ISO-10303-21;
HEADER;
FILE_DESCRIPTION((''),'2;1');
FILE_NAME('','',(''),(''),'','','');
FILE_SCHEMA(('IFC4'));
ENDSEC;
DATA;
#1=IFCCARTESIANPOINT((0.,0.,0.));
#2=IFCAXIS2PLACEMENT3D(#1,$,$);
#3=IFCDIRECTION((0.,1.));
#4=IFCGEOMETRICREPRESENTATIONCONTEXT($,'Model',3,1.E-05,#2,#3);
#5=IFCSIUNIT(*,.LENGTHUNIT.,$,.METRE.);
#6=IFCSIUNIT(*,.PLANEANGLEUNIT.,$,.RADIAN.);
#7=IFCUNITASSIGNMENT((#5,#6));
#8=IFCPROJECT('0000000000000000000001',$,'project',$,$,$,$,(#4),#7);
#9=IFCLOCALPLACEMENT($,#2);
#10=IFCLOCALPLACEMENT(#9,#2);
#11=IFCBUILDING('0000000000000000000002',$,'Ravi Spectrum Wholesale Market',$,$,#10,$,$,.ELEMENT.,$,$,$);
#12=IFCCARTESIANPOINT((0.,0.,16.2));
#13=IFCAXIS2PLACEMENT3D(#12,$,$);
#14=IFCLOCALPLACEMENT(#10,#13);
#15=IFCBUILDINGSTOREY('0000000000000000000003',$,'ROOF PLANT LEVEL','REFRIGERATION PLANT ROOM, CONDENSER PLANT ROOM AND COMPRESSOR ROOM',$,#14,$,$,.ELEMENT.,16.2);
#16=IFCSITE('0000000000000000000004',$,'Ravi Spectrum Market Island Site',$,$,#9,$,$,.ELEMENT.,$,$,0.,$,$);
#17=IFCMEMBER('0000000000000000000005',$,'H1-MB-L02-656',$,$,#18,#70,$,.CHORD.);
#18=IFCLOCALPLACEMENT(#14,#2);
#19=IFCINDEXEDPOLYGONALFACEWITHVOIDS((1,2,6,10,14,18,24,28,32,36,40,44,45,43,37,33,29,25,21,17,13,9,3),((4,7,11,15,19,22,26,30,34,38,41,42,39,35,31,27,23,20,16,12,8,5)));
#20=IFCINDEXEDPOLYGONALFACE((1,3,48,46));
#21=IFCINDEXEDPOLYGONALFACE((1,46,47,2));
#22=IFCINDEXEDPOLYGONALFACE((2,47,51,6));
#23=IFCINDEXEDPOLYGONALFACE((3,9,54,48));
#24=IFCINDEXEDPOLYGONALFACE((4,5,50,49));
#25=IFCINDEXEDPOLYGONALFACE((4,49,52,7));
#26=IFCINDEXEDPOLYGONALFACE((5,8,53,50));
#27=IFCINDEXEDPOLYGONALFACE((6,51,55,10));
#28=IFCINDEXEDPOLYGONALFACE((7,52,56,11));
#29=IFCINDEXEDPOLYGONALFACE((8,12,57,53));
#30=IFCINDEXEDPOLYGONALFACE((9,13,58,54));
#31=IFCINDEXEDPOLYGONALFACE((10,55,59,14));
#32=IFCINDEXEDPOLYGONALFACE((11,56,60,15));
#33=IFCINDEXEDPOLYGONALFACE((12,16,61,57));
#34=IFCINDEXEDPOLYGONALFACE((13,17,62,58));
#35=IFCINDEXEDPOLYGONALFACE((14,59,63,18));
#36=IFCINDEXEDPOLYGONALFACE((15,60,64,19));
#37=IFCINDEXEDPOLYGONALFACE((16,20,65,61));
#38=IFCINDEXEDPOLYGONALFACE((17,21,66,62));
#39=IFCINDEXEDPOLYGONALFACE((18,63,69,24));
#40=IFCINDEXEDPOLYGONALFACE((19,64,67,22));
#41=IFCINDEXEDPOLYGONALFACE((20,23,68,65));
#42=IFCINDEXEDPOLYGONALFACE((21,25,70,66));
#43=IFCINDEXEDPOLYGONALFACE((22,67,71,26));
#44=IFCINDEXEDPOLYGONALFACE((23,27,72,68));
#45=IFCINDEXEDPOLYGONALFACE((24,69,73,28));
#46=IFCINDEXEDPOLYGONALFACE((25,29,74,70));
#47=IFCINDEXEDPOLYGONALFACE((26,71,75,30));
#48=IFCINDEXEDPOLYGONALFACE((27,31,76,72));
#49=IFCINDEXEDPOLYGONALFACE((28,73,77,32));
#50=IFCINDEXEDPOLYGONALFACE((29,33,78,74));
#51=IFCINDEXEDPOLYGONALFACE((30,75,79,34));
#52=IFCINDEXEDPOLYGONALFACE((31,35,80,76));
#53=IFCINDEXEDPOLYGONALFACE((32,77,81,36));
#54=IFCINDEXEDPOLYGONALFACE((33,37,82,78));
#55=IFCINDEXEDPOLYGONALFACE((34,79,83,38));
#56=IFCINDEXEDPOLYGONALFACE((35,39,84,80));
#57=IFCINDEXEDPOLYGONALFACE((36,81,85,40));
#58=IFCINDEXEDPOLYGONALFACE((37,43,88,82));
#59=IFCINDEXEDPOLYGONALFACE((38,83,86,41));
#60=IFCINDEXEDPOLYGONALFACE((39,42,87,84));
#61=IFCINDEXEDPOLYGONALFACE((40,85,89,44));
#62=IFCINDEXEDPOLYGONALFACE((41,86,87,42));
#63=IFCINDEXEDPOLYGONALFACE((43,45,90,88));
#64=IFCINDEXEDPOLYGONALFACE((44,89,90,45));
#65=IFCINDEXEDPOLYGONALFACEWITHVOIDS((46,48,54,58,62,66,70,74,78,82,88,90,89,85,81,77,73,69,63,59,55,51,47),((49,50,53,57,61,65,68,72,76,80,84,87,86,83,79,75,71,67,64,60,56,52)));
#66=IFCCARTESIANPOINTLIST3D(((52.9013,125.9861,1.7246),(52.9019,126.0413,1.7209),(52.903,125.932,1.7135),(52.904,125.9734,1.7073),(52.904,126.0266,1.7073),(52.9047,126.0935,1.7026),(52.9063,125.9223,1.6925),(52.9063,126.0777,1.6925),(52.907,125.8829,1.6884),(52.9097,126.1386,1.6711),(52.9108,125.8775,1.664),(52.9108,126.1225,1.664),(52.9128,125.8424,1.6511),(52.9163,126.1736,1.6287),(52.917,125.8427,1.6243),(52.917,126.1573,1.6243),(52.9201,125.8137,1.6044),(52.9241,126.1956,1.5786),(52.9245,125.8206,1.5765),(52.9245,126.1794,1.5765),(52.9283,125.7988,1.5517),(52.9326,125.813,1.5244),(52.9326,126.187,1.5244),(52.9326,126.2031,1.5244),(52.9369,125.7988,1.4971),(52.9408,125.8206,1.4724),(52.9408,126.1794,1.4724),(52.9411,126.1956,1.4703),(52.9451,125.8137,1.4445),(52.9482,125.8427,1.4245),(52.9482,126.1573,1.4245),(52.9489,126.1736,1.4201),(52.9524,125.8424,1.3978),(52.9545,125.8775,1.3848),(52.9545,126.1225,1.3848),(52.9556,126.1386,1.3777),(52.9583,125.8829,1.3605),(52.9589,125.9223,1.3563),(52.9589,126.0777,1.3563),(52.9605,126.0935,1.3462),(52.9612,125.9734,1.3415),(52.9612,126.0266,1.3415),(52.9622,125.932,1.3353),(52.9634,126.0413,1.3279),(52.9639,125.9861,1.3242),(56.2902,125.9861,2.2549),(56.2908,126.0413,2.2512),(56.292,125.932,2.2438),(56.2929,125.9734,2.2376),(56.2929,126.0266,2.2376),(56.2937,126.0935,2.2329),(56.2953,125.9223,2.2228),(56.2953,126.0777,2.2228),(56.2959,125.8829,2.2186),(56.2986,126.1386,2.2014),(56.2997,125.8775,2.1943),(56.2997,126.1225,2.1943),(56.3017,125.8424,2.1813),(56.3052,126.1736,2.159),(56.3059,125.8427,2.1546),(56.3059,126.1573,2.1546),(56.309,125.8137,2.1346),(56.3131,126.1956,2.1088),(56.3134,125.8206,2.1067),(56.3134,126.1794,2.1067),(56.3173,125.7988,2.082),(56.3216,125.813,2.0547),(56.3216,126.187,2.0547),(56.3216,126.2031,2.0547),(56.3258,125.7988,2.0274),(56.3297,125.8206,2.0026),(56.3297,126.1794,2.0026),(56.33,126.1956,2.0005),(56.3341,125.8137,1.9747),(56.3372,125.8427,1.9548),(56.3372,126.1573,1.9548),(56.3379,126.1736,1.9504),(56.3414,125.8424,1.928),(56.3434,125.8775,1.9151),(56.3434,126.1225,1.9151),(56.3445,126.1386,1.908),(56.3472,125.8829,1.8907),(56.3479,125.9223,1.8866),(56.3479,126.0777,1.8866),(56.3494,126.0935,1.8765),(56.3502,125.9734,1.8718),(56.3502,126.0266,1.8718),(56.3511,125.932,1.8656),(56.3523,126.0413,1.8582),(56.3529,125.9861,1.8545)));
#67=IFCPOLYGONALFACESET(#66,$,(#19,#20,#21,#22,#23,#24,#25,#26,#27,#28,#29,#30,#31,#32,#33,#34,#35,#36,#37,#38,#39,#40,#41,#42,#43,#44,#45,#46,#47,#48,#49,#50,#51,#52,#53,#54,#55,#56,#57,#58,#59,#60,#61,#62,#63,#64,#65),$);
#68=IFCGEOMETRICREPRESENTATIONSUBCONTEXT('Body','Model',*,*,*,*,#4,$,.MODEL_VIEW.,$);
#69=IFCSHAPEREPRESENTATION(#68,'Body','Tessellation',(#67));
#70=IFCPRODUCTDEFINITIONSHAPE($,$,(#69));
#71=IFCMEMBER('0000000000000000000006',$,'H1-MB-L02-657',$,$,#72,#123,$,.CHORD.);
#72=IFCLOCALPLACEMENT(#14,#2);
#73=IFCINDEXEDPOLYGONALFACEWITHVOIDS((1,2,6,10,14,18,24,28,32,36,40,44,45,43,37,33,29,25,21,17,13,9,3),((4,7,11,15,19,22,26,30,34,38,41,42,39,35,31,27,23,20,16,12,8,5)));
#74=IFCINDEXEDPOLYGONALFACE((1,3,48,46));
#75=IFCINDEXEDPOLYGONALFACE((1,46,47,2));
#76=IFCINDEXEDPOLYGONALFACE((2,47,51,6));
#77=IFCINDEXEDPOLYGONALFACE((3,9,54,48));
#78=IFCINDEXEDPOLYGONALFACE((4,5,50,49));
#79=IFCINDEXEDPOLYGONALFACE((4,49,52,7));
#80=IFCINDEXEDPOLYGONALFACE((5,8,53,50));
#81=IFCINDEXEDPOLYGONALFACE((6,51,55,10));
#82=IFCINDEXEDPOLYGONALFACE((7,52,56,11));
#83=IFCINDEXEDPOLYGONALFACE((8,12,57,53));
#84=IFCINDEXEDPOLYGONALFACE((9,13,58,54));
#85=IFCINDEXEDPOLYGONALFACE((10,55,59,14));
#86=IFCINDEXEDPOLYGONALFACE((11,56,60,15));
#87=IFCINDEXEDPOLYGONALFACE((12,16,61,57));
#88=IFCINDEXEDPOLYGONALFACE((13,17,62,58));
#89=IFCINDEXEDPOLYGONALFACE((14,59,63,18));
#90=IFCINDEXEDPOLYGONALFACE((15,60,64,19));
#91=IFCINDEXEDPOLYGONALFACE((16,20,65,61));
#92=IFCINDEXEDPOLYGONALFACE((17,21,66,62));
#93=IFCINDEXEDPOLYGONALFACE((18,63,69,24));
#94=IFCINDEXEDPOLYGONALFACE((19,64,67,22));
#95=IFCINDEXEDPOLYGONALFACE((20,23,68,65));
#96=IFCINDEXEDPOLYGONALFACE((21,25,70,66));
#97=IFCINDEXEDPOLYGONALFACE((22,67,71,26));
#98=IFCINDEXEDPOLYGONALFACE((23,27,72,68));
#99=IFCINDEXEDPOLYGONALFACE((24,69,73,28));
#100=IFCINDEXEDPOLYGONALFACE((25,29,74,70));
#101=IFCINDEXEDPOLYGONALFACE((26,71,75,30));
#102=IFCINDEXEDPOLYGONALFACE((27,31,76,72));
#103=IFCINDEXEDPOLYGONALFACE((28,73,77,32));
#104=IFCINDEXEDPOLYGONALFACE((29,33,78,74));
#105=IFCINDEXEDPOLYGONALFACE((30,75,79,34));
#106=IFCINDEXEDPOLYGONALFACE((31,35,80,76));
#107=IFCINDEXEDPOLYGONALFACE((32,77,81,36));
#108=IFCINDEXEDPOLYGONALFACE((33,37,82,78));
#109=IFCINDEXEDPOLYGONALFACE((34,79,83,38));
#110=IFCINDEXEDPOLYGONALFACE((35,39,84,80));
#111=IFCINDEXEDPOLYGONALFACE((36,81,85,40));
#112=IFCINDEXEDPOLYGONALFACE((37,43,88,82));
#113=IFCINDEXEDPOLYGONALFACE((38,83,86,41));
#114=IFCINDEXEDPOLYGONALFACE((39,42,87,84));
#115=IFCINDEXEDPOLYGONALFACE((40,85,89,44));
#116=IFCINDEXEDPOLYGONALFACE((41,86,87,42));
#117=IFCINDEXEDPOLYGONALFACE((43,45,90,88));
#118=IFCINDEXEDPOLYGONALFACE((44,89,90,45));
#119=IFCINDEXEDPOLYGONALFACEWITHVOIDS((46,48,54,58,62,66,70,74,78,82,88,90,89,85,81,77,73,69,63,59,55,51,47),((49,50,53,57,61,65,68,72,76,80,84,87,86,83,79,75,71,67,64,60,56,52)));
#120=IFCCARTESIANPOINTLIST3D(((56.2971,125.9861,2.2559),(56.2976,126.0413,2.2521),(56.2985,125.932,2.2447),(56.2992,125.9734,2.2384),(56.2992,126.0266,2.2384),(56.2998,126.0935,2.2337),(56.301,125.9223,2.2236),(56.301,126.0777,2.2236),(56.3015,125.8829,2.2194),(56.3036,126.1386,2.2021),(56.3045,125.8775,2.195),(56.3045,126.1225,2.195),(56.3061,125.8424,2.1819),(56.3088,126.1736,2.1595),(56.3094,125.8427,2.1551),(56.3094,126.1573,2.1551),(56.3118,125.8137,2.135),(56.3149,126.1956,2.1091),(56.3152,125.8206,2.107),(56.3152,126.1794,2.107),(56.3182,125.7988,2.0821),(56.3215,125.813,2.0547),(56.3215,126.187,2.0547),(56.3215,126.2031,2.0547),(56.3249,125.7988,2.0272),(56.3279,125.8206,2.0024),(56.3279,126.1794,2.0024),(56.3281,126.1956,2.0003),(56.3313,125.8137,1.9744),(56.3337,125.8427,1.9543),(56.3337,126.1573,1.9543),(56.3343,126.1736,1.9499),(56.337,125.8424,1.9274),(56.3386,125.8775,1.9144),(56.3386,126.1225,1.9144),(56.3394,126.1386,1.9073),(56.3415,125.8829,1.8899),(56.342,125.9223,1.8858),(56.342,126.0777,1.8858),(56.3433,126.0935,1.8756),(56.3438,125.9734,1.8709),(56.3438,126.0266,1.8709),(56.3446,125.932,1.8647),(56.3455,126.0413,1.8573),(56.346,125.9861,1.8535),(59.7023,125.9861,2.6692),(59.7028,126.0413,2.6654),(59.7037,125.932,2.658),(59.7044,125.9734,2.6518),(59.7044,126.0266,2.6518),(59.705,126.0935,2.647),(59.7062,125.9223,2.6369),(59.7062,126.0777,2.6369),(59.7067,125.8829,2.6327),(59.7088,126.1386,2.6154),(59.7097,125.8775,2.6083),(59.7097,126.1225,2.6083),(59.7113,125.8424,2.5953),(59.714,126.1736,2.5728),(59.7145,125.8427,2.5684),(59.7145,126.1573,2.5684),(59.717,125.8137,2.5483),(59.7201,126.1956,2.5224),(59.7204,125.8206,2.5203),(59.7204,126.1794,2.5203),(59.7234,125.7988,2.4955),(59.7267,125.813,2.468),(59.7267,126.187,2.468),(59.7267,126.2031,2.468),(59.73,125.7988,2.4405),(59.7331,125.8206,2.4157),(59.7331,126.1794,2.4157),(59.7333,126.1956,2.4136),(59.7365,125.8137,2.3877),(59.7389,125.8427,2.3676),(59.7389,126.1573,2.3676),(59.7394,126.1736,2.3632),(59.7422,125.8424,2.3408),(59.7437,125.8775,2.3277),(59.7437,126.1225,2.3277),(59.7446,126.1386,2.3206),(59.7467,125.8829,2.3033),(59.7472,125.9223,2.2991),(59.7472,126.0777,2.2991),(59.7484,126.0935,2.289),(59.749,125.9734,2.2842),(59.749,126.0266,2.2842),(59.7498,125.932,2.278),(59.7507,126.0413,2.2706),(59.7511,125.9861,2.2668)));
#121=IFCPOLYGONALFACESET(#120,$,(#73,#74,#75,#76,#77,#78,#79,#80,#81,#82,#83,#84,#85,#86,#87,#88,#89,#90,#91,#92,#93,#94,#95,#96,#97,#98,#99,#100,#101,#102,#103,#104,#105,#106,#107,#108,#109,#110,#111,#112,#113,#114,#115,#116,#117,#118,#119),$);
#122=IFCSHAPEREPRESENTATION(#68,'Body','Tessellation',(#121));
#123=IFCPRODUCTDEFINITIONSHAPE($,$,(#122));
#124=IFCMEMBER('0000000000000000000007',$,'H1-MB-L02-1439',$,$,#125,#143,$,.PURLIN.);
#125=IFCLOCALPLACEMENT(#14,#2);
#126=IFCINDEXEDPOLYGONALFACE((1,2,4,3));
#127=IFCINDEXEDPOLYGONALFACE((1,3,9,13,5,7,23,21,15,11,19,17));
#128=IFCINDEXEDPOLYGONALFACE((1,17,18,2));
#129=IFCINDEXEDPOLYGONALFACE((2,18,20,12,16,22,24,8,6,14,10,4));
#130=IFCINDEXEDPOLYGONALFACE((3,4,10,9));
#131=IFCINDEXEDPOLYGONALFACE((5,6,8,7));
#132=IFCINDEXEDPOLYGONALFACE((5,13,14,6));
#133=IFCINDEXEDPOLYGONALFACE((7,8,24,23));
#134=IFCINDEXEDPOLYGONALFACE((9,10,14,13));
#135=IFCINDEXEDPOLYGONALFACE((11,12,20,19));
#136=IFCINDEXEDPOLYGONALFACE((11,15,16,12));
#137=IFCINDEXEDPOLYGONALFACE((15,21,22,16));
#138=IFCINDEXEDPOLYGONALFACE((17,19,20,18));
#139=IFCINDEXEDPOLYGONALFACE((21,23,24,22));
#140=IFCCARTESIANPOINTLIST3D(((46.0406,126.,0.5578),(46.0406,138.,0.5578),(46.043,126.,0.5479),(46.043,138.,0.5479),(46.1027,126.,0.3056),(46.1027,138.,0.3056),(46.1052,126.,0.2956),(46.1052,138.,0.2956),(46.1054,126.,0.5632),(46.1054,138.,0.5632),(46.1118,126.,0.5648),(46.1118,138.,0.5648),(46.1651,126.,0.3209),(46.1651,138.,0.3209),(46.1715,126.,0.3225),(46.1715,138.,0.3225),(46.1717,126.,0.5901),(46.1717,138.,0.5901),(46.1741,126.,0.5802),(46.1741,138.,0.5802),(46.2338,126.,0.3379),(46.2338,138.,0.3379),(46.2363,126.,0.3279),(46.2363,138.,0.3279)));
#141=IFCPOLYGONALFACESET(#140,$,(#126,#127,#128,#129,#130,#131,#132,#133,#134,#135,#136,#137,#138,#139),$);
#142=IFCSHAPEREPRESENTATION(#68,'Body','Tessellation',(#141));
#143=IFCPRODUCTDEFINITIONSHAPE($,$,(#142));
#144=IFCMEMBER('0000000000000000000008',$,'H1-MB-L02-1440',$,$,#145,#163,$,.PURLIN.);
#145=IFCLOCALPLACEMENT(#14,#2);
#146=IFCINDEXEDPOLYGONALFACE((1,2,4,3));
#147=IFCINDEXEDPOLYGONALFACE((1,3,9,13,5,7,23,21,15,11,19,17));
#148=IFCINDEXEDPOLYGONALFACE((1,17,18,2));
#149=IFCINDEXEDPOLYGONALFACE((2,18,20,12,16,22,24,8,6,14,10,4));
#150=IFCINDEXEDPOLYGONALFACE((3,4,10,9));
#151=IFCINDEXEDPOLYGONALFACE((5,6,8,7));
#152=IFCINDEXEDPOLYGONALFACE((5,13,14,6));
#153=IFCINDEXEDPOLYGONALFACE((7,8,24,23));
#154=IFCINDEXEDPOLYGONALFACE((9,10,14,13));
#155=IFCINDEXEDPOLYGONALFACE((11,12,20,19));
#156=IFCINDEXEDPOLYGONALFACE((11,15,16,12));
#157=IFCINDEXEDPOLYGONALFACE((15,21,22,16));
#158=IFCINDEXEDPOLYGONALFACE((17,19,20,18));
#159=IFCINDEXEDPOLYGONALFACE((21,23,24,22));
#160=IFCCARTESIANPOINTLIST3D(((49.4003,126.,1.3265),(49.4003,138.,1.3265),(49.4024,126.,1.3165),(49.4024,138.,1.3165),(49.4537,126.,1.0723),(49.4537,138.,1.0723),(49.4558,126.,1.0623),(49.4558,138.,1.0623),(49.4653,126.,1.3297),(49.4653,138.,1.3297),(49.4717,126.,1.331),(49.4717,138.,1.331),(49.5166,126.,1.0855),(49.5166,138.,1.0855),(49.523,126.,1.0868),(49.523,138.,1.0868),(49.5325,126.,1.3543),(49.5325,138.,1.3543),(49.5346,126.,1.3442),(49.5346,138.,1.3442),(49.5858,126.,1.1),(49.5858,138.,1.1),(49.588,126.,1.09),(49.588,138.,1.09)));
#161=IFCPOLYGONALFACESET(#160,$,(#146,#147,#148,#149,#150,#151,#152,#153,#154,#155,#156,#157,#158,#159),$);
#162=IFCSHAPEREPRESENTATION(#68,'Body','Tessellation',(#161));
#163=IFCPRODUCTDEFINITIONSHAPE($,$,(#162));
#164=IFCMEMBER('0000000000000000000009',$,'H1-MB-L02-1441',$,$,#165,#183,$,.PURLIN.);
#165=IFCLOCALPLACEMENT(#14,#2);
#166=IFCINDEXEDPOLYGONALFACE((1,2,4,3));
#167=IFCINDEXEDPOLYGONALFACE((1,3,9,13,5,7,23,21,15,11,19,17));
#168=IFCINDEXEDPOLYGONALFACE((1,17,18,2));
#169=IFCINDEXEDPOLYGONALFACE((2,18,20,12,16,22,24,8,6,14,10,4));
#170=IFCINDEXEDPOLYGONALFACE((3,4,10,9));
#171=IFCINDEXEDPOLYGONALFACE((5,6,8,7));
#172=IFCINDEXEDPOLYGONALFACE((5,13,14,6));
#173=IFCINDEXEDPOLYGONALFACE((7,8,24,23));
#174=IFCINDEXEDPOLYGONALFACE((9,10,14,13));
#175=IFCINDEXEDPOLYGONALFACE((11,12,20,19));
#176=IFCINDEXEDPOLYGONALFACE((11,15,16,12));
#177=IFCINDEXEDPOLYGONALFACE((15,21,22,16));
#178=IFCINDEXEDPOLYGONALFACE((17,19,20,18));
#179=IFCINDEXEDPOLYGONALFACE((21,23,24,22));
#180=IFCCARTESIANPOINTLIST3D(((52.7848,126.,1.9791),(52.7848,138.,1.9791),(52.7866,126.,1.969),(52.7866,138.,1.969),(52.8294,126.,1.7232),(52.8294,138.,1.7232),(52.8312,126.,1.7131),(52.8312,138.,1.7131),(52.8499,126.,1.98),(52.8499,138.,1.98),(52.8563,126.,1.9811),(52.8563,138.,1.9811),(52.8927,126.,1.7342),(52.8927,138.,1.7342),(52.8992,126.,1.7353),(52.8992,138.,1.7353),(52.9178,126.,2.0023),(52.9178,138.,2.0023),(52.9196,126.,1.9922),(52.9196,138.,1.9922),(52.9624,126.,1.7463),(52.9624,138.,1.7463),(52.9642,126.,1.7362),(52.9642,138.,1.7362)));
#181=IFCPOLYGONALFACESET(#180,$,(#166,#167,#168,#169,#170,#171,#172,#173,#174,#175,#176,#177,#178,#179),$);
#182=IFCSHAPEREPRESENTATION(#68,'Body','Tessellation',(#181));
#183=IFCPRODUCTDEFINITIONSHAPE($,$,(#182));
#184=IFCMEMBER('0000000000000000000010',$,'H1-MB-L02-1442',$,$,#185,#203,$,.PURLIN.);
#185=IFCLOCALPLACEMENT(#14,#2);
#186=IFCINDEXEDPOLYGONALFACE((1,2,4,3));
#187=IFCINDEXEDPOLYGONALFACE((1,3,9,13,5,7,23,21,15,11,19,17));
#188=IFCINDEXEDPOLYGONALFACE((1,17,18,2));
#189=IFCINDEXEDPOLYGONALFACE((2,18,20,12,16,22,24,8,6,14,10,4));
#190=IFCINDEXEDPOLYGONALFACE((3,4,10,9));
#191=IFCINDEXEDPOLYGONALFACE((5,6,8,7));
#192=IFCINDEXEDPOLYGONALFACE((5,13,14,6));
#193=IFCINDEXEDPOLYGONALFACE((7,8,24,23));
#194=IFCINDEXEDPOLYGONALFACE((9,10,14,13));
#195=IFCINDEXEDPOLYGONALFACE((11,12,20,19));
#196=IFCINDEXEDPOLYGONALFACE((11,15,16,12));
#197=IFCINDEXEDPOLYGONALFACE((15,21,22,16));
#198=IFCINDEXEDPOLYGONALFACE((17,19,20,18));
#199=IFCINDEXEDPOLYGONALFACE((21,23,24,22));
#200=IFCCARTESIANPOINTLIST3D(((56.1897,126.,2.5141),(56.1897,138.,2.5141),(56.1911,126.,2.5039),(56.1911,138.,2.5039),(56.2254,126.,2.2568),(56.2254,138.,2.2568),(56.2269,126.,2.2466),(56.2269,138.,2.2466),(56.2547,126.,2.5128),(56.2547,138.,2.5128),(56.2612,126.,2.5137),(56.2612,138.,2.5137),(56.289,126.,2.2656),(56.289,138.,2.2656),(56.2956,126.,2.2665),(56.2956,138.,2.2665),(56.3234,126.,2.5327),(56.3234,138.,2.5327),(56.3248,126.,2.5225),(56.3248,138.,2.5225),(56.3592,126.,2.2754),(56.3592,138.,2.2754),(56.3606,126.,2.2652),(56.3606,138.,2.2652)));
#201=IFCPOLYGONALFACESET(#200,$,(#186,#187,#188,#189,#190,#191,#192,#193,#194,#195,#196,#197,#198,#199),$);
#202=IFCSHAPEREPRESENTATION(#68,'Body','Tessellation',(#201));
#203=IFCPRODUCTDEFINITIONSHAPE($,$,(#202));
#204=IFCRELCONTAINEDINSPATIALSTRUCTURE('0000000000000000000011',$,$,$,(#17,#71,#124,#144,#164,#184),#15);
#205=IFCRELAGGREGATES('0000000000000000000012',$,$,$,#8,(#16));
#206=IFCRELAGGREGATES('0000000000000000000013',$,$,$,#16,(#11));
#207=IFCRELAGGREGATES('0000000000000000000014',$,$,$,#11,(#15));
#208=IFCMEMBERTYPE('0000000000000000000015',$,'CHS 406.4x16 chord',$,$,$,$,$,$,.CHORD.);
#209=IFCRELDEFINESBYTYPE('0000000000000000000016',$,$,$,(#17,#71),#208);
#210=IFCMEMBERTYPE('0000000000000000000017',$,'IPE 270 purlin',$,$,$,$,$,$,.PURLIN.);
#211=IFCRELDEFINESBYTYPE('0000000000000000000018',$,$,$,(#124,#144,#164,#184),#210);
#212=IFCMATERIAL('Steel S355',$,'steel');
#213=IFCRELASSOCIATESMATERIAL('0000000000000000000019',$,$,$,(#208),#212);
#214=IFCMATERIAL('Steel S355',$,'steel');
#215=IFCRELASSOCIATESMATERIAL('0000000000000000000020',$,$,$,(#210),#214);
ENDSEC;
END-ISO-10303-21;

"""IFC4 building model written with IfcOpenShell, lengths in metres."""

from ifc_helpers import new_model, si_unit, direction, frame, origin, origin_2d, place, context, subcontext, project, spatial, hollow_circle, i_section, extrude, material, material_profile, profile_set, type_object, element, save


model = new_model("IFC4")

# Units and contexts
model_context = context("Model", 3, precision=1e-05, world=origin(), true_north=direction((0.0, 1.0)))
body_context = subcontext(model_context, "Body", "Model", "MODEL_VIEW")
ifc_project = project(units=[si_unit("LENGTHUNIT", "METRE"), si_unit("PLANEANGLEUNIT", "RADIAN")], contexts=[model_context])

# Site, building, storey
site_placement = place(None, origin())
site = spatial("IfcSite", under=ifc_project, at=site_placement, Name="Ravi Spectrum Market Island Site", CompositionType="ELEMENT", RefElevation=0.0)
building_placement = place(site_placement, origin())
building = spatial("IfcBuilding", under=site, at=building_placement, Name="Ravi Spectrum Wholesale Market", CompositionType="ELEMENT")
storey_placement = place(building_placement, frame((0.0, 0.0, 16.2)))
storey = spatial("IfcBuildingStorey", under=building, at=storey_placement, Name="ROOF PLANT LEVEL", Description="REFRIGERATION PLANT ROOM, CONDENSER PLANT ROOM AND COMPRESSOR ROOM", CompositionType="ELEMENT", Elevation=16.2)

# Members
ifc_material_1 = material(Name="Steel S355", Category="steel")
ifc_material_profile_1 = material_profile(ifc_material_1, hollow_circle(Radius=0.2031, WallThickness=0.0161, at=origin_2d()))
ifc_profile_set_1 = profile_set([ifc_material_profile_1], Name="Steel S355")
member_type_1 = type_object("IfcMemberType", Name="CHS 406.4x16 chord", PredefinedType="CHORD", material=ifc_profile_set_1)
for number, where, z_axis, x_axis, name in (
    (1, (52.9326, 126.0, 1.5244), (0.987978, 0.0, 0.154592), (0.0, 1.0, 0.0), "H1-MB-L02-656"),
    (2, (56.3215, 126.0, 2.0547), (0.992714, 0.0, 0.120495), (0.0, 1.0, 0.0), "H1-MB-L02-657"),
):
    element("IfcMember", number, at=place(storey_placement, frame(where, z_axis=z_axis, x_axis=x_axis)), inside=storey, type_object=member_type_1, Name=name, PredefinedType="CHORD", context=body_context, shape_type="SweptSolid", body=[
        extrude(hollow_circle(Radius=0.2031, WallThickness=0.0161, at=origin_2d()), origin(), (0.0, 0.0, 1.0), 3.4302),
    ])
ifc_material_2 = material(Name="Steel S355", Category="steel")
ifc_material_profile_2 = material_profile(ifc_material_2, i_section(OverallWidth=0.135, OverallDepth=0.27, WebThickness=0.0066, FlangeThickness=0.0103, at=origin_2d()))
ifc_profile_set_2 = profile_set([ifc_material_profile_2], Name="Steel S355")
member_type_2 = type_object("IfcMemberType", Name="IPE 270 purlin", PredefinedType="PURLIN", material=ifc_profile_set_2)
for number, where, z_axis, x_axis, name in (
    (3, (46.1384, 126.0, 0.4429), (0.0, 1.0, 0.0), (-0.970983, 0.0, -0.239151), "H1-MB-L02-1439"),
    (4, (49.4941, 126.0, 1.2083), (0.0, 1.0, 0.0), (-0.978653, 0.0, -0.205517), "H1-MB-L02-1440"),
    (5, (52.8745, 126.0, 1.8577), (0.0, 1.0, 0.0), (-0.98516, 0.0, -0.171639), "H1-MB-L02-1441"),
    (6, (56.2751, 126.0, 2.3896), (0.0, 1.0, 0.0), (-0.990494, 0.0, -0.137557), "H1-MB-L02-1442"),
):
    element("IfcMember", number, at=place(storey_placement, frame(where, z_axis=z_axis, x_axis=x_axis)), inside=storey, type_object=member_type_2, Name=name, PredefinedType="PURLIN", context=body_context, shape_type="SweptSolid", body=[
        extrude(i_section(OverallWidth=0.135, OverallDepth=0.27, WebThickness=0.0066, FlangeThickness=0.0103, at=origin_2d()), origin(), (0.0, 0.0, 1.0), 12.0),
    ])

save(model, "model.ifc")
